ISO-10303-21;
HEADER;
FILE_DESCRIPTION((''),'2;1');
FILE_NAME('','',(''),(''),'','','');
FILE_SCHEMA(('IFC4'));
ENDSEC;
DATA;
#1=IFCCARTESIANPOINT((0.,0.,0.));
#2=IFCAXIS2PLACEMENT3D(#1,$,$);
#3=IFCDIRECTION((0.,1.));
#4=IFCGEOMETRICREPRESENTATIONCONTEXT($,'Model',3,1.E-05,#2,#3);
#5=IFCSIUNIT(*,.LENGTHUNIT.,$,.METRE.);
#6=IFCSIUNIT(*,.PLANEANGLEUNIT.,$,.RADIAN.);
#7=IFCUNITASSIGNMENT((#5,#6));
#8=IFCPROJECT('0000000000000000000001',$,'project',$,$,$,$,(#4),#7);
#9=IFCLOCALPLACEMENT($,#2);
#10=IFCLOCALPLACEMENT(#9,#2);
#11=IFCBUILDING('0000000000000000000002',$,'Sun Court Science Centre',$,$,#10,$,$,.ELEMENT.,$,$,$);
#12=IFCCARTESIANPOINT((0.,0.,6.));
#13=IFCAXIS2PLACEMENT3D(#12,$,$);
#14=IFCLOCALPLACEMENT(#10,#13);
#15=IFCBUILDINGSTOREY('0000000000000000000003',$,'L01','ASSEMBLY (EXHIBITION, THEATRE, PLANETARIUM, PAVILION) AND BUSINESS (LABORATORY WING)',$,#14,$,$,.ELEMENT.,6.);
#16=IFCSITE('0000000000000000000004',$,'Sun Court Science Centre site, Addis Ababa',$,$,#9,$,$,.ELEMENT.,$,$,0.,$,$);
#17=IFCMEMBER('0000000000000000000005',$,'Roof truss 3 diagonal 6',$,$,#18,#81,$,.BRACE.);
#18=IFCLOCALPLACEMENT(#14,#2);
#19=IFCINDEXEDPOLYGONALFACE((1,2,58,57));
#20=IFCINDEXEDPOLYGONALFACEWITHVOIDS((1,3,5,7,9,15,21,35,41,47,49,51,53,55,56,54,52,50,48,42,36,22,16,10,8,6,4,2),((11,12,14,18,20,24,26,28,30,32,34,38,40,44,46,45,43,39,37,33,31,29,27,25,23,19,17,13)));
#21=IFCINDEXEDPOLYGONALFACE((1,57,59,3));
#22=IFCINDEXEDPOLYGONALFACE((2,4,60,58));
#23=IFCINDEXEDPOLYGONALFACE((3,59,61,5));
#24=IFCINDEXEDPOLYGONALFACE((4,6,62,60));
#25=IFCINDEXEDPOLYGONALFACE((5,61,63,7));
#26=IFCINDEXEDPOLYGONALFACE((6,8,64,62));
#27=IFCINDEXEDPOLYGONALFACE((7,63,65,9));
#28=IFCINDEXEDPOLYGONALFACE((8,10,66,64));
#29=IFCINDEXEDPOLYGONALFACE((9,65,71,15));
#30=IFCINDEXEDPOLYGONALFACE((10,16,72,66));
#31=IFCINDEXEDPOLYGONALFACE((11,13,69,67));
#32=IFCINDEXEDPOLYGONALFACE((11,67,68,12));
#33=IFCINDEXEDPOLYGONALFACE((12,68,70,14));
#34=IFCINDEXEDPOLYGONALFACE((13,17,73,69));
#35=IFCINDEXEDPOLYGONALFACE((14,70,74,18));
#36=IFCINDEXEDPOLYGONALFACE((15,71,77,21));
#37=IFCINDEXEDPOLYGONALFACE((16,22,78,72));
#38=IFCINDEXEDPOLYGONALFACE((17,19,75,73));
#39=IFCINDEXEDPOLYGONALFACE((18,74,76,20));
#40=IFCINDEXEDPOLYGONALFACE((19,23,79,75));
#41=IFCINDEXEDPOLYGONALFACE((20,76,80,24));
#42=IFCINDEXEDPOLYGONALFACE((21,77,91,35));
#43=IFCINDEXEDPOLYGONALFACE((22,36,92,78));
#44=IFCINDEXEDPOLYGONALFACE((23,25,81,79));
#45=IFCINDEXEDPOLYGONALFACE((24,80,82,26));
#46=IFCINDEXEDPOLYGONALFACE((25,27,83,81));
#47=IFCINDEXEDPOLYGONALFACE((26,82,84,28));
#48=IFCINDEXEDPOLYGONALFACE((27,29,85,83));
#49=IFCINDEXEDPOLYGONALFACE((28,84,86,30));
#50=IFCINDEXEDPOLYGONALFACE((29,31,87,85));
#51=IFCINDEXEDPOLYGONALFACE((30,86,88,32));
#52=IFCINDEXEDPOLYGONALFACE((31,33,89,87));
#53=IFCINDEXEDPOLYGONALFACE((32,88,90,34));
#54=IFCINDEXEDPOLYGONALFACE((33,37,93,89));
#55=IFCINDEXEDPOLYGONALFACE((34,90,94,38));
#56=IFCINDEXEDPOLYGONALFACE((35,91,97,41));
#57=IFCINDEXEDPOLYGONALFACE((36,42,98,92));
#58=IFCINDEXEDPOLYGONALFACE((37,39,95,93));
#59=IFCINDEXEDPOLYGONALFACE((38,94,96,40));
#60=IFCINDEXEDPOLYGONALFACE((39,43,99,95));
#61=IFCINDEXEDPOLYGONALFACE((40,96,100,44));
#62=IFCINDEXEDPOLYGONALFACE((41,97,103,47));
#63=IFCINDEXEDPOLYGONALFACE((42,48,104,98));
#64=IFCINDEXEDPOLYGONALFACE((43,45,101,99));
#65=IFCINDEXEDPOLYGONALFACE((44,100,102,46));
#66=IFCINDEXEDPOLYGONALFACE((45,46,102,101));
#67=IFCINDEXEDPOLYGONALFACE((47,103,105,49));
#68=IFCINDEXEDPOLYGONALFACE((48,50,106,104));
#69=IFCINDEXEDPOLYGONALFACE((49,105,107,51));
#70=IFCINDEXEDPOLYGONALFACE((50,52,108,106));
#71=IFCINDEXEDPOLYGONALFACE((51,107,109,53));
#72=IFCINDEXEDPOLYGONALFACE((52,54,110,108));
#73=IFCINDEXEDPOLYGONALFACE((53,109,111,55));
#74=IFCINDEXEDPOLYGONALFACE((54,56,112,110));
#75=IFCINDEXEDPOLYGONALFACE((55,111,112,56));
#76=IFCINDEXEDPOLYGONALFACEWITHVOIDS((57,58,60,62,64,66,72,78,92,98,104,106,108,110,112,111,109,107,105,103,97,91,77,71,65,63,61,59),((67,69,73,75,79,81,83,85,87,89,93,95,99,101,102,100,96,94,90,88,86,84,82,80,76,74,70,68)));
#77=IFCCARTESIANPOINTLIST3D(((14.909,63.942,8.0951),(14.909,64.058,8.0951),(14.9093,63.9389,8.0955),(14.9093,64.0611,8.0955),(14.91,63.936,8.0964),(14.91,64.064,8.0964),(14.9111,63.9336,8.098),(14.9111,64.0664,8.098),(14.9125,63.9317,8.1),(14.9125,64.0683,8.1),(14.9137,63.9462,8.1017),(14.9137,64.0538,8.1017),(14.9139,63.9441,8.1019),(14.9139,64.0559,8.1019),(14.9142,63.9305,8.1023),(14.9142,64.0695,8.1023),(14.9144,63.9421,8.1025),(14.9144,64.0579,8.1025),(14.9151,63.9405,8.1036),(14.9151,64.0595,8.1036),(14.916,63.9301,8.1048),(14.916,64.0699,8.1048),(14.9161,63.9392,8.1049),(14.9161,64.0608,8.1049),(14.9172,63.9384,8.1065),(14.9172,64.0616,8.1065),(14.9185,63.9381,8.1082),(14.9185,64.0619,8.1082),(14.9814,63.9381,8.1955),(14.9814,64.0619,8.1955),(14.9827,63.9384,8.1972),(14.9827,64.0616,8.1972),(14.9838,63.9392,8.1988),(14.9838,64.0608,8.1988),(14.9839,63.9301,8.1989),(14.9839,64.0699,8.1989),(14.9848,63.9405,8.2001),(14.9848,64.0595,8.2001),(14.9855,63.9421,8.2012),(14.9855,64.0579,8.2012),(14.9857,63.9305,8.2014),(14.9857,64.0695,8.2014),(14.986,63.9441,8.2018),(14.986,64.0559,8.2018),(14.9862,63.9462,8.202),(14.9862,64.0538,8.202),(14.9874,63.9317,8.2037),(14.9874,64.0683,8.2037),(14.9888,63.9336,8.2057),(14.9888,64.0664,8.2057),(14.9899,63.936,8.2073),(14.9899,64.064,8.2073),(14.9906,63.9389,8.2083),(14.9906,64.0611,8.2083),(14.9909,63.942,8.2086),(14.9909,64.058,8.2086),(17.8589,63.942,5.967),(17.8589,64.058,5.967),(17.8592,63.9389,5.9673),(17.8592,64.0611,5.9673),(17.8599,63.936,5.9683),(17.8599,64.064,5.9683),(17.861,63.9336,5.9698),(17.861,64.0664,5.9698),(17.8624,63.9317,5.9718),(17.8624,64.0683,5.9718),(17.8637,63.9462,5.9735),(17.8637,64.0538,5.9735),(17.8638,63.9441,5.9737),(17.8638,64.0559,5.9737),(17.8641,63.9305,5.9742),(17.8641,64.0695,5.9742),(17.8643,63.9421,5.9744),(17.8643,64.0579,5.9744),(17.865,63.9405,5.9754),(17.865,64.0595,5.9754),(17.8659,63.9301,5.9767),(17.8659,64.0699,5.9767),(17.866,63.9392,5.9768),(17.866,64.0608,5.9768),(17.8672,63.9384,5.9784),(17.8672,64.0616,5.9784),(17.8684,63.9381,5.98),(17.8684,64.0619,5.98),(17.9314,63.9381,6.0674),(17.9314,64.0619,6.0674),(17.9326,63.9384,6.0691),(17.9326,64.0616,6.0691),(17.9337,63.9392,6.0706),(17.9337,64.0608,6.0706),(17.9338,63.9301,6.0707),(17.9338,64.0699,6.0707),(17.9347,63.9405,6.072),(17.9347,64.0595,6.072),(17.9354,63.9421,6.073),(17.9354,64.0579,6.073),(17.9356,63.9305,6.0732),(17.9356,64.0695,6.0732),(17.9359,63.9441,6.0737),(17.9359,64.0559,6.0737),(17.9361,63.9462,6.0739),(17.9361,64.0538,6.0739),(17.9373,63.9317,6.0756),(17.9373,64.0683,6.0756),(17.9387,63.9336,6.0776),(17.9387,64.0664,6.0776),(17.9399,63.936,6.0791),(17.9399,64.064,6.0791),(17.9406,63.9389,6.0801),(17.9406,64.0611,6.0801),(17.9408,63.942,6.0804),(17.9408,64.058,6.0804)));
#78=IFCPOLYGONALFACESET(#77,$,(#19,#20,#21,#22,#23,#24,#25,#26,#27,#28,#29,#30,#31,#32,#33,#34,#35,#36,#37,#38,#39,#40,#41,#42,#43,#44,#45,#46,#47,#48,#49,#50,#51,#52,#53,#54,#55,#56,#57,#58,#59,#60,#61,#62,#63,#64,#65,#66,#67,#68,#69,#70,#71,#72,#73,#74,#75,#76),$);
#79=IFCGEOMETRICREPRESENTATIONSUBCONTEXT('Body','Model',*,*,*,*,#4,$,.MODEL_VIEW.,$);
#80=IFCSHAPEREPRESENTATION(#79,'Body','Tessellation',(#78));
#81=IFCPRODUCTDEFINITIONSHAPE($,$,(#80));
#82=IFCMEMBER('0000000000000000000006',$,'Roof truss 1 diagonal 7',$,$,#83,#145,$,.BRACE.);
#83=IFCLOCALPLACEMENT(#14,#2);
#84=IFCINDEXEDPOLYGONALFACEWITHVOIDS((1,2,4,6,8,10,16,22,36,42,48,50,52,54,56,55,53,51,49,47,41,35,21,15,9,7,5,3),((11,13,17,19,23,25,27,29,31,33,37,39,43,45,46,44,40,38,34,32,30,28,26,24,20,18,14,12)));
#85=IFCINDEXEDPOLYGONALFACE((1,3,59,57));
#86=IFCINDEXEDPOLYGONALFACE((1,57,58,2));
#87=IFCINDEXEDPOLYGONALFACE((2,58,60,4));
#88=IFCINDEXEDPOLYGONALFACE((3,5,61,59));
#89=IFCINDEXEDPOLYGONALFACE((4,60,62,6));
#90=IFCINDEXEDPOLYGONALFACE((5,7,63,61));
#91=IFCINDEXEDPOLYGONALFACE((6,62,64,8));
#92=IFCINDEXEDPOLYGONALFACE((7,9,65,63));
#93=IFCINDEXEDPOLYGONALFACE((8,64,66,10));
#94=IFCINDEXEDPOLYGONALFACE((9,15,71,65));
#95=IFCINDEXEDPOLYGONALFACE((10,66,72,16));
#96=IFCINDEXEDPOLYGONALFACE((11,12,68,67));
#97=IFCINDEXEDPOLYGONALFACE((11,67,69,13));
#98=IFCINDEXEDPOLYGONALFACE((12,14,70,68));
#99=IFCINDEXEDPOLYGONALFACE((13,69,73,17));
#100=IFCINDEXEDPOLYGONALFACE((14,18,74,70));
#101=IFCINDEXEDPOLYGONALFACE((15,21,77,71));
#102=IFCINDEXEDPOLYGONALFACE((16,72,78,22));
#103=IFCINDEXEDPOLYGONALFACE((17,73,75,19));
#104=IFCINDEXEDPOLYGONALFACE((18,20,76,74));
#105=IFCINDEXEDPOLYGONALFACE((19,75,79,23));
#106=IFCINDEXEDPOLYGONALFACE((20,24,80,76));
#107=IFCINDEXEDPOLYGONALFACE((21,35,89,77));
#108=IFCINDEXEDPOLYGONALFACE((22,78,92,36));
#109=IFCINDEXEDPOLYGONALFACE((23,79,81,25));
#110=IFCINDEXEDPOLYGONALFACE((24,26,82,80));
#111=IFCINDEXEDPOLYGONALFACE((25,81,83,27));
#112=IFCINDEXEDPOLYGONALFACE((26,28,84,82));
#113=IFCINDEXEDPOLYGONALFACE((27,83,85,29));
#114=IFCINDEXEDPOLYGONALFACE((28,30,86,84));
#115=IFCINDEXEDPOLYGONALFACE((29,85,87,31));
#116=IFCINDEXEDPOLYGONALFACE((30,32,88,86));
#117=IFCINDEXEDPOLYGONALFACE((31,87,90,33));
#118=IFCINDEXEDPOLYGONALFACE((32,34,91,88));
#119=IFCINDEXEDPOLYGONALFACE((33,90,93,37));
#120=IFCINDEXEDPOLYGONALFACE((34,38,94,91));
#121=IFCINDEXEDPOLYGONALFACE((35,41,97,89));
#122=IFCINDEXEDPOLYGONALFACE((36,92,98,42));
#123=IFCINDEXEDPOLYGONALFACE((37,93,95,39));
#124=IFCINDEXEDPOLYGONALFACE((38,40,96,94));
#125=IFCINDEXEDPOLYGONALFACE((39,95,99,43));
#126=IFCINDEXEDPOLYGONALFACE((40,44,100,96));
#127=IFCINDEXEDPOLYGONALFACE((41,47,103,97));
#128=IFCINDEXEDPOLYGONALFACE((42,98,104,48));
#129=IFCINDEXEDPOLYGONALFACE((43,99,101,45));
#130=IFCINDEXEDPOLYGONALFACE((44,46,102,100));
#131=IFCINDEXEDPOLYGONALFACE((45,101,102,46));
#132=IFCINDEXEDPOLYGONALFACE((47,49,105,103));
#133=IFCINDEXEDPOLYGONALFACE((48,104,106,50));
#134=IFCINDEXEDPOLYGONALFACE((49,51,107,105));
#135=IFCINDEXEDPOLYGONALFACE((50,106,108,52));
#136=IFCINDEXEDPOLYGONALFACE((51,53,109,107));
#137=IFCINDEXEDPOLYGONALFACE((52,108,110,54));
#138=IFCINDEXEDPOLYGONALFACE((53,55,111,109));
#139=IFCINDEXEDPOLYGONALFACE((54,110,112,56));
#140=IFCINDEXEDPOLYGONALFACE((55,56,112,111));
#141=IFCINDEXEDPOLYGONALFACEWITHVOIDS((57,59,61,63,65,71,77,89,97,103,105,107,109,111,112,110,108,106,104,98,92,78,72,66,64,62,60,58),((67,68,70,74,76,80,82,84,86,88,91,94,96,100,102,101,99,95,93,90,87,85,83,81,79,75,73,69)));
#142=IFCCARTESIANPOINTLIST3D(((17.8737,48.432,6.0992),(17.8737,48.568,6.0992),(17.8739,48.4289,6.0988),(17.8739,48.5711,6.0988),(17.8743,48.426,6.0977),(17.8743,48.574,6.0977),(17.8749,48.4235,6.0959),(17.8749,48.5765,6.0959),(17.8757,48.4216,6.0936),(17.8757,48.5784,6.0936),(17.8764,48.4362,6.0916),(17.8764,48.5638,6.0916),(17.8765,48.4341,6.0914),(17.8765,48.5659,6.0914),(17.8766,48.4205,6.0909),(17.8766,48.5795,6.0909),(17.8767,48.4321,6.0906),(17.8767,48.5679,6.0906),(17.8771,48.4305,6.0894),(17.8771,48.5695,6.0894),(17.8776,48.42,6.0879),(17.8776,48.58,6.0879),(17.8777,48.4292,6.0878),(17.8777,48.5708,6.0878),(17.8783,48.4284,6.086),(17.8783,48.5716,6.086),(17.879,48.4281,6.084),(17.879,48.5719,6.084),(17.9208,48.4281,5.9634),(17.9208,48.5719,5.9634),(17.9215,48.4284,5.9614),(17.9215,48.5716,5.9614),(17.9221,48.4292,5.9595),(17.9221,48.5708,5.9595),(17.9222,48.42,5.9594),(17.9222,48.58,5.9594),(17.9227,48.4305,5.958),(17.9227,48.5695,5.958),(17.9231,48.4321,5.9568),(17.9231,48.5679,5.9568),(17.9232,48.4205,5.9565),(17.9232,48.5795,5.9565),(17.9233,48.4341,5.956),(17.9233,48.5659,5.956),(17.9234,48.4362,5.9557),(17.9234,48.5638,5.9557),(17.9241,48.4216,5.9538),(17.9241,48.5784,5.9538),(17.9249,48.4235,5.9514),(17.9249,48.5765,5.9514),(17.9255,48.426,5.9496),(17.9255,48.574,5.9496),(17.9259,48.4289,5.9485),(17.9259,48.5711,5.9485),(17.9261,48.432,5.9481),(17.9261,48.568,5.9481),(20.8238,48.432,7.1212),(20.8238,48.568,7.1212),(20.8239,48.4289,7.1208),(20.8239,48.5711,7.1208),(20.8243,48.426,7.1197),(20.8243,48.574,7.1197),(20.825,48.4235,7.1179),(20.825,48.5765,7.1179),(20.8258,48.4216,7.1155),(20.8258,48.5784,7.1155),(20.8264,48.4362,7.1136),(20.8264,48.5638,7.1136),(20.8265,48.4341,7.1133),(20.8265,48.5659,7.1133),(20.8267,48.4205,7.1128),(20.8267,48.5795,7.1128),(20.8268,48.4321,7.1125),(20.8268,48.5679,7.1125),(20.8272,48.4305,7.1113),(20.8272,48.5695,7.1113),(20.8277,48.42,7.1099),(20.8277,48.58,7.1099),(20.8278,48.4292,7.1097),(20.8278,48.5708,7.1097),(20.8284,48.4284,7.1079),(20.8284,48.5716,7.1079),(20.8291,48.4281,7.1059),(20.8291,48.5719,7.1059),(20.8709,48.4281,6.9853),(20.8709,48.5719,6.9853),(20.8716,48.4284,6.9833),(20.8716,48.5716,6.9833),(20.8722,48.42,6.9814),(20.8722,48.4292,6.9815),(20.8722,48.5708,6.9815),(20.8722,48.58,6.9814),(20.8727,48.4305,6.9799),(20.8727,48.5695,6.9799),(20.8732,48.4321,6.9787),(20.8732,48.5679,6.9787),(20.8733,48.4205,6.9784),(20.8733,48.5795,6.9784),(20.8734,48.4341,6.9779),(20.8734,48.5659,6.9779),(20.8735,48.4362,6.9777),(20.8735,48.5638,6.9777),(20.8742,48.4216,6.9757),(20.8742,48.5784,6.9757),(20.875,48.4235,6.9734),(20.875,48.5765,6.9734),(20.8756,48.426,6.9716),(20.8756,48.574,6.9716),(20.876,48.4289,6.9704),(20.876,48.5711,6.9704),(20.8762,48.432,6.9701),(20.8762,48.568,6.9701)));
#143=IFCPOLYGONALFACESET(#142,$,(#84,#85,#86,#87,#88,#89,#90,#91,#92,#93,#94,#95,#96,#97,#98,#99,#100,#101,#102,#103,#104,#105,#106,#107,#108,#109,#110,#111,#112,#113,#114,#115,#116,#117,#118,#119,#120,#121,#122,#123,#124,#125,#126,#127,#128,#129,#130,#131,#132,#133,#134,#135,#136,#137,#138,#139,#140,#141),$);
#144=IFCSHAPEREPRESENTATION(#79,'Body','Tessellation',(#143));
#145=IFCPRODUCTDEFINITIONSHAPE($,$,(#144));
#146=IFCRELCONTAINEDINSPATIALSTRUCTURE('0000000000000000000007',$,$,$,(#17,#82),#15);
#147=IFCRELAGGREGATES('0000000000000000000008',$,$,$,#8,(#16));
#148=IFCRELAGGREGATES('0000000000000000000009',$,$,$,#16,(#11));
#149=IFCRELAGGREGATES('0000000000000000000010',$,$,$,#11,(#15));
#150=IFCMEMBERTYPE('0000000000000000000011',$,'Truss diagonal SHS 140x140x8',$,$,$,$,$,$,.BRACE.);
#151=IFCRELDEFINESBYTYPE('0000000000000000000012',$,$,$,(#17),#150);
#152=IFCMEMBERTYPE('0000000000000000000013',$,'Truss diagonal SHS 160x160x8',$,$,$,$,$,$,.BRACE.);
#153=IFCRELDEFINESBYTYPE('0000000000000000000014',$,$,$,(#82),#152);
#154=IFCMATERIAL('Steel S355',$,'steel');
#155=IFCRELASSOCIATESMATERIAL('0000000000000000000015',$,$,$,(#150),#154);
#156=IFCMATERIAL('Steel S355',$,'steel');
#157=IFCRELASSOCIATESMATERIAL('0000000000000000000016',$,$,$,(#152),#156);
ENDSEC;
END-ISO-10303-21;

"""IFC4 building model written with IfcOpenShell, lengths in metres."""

from ifc_helpers import new_model, si_unit, direction, frame, origin, origin_2d, place, context, subcontext, project, spatial, hollow_rectangle, extrude, material, material_profile, profile_set, type_object, element, save


model = new_model("IFC4")

# Units and contexts
model_context = context("Model", 3, precision=1e-05, world=origin(), true_north=direction((0.0, 1.0)))
body_context = subcontext(model_context, "Body", "Model", "MODEL_VIEW")
ifc_project = project(units=[si_unit("LENGTHUNIT", "METRE"), si_unit("PLANEANGLEUNIT", "RADIAN")], contexts=[model_context])

# Site, building, storey
site_placement = place(None, origin())
site = spatial("IfcSite", under=ifc_project, at=site_placement, Name="Sun Court Science Centre site, Addis Ababa", CompositionType="ELEMENT", RefElevation=0.0)
building_placement = place(site_placement, origin())
building = spatial("IfcBuilding", under=site, at=building_placement, Name="Sun Court Science Centre", CompositionType="ELEMENT")
storey_placement = place(building_placement, frame((0.0, 0.0, 6.0)))
storey = spatial("IfcBuildingStorey", under=building, at=storey_placement, Name="L01", Description="ASSEMBLY (EXHIBITION, THEATRE, PLANETARIUM, PAVILION) AND BUSINESS (LABORATORY WING)", CompositionType="ELEMENT", Elevation=6.0)

# Members
ifc_material_1 = material(Name="Steel S355", Category="steel")
ifc_material_profile_1 = material_profile(ifc_material_1, hollow_rectangle(XDim=0.1399, YDim=0.1399, WallThickness=0.0081, InnerFilletRadius=0.0081, OuterFilletRadius=0.012, at=origin_2d()), Name="SHS 140x140x8")
ifc_profile_set_1 = profile_set([ifc_material_profile_1], Name="Steel S355")
member_type_1 = type_object("IfcMemberType", Name="Truss diagonal SHS 140x140x8", PredefinedType="BRACE", material=ifc_profile_set_1)
member_1_placement = place(storey_placement, frame((14.95, 64.0, 8.1519), z_axis=(0.810985, 0.0, -0.585067), x_axis=(0.0, 1.0, 0.0)))
element("IfcMember", 1, at=member_1_placement, inside=storey, type_object=member_type_1, Name="Roof truss 3 diagonal 6", PredefinedType="BRACE", context=body_context, shape_type="SweptSolid", body=[
    extrude(hollow_rectangle(XDim=0.1399, YDim=0.1399, WallThickness=0.0081, InnerFilletRadius=0.0081, OuterFilletRadius=0.012, at=origin_2d()), origin(), (0.0, 0.0, 1.0), 3.6375),
])
ifc_material_2 = material(Name="Steel S355", Category="steel")
ifc_material_profile_2 = material_profile(ifc_material_2, hollow_rectangle(XDim=0.1599, YDim=0.1599, WallThickness=0.0081, InnerFilletRadius=0.0081, OuterFilletRadius=0.012, at=origin_2d()), Name="SHS 160x160x8")
ifc_profile_set_2 = profile_set([ifc_material_profile_2], Name="Steel S355")
member_type_2 = type_object("IfcMemberType", Name="Truss diagonal SHS 160x160x8", PredefinedType="BRACE", material=ifc_profile_set_2)
member_2_placement = place(storey_placement, frame((17.8999, 48.5, 6.0237), z_axis=(0.944912, 0.0, 0.327325), x_axis=(0.0, 1.0, 0.0)))
element("IfcMember", 2, at=member_2_placement, inside=storey, type_object=member_type_2, Name="Roof truss 1 diagonal 7", PredefinedType="BRACE", context=body_context, shape_type="SweptSolid", body=[
    extrude(hollow_rectangle(XDim=0.1599, YDim=0.1599, WallThickness=0.0081, InnerFilletRadius=0.0081, OuterFilletRadius=0.012, at=origin_2d()), origin(), (0.0, 0.0, 1.0), 3.1221),
])

save(model, "model.ifc")
